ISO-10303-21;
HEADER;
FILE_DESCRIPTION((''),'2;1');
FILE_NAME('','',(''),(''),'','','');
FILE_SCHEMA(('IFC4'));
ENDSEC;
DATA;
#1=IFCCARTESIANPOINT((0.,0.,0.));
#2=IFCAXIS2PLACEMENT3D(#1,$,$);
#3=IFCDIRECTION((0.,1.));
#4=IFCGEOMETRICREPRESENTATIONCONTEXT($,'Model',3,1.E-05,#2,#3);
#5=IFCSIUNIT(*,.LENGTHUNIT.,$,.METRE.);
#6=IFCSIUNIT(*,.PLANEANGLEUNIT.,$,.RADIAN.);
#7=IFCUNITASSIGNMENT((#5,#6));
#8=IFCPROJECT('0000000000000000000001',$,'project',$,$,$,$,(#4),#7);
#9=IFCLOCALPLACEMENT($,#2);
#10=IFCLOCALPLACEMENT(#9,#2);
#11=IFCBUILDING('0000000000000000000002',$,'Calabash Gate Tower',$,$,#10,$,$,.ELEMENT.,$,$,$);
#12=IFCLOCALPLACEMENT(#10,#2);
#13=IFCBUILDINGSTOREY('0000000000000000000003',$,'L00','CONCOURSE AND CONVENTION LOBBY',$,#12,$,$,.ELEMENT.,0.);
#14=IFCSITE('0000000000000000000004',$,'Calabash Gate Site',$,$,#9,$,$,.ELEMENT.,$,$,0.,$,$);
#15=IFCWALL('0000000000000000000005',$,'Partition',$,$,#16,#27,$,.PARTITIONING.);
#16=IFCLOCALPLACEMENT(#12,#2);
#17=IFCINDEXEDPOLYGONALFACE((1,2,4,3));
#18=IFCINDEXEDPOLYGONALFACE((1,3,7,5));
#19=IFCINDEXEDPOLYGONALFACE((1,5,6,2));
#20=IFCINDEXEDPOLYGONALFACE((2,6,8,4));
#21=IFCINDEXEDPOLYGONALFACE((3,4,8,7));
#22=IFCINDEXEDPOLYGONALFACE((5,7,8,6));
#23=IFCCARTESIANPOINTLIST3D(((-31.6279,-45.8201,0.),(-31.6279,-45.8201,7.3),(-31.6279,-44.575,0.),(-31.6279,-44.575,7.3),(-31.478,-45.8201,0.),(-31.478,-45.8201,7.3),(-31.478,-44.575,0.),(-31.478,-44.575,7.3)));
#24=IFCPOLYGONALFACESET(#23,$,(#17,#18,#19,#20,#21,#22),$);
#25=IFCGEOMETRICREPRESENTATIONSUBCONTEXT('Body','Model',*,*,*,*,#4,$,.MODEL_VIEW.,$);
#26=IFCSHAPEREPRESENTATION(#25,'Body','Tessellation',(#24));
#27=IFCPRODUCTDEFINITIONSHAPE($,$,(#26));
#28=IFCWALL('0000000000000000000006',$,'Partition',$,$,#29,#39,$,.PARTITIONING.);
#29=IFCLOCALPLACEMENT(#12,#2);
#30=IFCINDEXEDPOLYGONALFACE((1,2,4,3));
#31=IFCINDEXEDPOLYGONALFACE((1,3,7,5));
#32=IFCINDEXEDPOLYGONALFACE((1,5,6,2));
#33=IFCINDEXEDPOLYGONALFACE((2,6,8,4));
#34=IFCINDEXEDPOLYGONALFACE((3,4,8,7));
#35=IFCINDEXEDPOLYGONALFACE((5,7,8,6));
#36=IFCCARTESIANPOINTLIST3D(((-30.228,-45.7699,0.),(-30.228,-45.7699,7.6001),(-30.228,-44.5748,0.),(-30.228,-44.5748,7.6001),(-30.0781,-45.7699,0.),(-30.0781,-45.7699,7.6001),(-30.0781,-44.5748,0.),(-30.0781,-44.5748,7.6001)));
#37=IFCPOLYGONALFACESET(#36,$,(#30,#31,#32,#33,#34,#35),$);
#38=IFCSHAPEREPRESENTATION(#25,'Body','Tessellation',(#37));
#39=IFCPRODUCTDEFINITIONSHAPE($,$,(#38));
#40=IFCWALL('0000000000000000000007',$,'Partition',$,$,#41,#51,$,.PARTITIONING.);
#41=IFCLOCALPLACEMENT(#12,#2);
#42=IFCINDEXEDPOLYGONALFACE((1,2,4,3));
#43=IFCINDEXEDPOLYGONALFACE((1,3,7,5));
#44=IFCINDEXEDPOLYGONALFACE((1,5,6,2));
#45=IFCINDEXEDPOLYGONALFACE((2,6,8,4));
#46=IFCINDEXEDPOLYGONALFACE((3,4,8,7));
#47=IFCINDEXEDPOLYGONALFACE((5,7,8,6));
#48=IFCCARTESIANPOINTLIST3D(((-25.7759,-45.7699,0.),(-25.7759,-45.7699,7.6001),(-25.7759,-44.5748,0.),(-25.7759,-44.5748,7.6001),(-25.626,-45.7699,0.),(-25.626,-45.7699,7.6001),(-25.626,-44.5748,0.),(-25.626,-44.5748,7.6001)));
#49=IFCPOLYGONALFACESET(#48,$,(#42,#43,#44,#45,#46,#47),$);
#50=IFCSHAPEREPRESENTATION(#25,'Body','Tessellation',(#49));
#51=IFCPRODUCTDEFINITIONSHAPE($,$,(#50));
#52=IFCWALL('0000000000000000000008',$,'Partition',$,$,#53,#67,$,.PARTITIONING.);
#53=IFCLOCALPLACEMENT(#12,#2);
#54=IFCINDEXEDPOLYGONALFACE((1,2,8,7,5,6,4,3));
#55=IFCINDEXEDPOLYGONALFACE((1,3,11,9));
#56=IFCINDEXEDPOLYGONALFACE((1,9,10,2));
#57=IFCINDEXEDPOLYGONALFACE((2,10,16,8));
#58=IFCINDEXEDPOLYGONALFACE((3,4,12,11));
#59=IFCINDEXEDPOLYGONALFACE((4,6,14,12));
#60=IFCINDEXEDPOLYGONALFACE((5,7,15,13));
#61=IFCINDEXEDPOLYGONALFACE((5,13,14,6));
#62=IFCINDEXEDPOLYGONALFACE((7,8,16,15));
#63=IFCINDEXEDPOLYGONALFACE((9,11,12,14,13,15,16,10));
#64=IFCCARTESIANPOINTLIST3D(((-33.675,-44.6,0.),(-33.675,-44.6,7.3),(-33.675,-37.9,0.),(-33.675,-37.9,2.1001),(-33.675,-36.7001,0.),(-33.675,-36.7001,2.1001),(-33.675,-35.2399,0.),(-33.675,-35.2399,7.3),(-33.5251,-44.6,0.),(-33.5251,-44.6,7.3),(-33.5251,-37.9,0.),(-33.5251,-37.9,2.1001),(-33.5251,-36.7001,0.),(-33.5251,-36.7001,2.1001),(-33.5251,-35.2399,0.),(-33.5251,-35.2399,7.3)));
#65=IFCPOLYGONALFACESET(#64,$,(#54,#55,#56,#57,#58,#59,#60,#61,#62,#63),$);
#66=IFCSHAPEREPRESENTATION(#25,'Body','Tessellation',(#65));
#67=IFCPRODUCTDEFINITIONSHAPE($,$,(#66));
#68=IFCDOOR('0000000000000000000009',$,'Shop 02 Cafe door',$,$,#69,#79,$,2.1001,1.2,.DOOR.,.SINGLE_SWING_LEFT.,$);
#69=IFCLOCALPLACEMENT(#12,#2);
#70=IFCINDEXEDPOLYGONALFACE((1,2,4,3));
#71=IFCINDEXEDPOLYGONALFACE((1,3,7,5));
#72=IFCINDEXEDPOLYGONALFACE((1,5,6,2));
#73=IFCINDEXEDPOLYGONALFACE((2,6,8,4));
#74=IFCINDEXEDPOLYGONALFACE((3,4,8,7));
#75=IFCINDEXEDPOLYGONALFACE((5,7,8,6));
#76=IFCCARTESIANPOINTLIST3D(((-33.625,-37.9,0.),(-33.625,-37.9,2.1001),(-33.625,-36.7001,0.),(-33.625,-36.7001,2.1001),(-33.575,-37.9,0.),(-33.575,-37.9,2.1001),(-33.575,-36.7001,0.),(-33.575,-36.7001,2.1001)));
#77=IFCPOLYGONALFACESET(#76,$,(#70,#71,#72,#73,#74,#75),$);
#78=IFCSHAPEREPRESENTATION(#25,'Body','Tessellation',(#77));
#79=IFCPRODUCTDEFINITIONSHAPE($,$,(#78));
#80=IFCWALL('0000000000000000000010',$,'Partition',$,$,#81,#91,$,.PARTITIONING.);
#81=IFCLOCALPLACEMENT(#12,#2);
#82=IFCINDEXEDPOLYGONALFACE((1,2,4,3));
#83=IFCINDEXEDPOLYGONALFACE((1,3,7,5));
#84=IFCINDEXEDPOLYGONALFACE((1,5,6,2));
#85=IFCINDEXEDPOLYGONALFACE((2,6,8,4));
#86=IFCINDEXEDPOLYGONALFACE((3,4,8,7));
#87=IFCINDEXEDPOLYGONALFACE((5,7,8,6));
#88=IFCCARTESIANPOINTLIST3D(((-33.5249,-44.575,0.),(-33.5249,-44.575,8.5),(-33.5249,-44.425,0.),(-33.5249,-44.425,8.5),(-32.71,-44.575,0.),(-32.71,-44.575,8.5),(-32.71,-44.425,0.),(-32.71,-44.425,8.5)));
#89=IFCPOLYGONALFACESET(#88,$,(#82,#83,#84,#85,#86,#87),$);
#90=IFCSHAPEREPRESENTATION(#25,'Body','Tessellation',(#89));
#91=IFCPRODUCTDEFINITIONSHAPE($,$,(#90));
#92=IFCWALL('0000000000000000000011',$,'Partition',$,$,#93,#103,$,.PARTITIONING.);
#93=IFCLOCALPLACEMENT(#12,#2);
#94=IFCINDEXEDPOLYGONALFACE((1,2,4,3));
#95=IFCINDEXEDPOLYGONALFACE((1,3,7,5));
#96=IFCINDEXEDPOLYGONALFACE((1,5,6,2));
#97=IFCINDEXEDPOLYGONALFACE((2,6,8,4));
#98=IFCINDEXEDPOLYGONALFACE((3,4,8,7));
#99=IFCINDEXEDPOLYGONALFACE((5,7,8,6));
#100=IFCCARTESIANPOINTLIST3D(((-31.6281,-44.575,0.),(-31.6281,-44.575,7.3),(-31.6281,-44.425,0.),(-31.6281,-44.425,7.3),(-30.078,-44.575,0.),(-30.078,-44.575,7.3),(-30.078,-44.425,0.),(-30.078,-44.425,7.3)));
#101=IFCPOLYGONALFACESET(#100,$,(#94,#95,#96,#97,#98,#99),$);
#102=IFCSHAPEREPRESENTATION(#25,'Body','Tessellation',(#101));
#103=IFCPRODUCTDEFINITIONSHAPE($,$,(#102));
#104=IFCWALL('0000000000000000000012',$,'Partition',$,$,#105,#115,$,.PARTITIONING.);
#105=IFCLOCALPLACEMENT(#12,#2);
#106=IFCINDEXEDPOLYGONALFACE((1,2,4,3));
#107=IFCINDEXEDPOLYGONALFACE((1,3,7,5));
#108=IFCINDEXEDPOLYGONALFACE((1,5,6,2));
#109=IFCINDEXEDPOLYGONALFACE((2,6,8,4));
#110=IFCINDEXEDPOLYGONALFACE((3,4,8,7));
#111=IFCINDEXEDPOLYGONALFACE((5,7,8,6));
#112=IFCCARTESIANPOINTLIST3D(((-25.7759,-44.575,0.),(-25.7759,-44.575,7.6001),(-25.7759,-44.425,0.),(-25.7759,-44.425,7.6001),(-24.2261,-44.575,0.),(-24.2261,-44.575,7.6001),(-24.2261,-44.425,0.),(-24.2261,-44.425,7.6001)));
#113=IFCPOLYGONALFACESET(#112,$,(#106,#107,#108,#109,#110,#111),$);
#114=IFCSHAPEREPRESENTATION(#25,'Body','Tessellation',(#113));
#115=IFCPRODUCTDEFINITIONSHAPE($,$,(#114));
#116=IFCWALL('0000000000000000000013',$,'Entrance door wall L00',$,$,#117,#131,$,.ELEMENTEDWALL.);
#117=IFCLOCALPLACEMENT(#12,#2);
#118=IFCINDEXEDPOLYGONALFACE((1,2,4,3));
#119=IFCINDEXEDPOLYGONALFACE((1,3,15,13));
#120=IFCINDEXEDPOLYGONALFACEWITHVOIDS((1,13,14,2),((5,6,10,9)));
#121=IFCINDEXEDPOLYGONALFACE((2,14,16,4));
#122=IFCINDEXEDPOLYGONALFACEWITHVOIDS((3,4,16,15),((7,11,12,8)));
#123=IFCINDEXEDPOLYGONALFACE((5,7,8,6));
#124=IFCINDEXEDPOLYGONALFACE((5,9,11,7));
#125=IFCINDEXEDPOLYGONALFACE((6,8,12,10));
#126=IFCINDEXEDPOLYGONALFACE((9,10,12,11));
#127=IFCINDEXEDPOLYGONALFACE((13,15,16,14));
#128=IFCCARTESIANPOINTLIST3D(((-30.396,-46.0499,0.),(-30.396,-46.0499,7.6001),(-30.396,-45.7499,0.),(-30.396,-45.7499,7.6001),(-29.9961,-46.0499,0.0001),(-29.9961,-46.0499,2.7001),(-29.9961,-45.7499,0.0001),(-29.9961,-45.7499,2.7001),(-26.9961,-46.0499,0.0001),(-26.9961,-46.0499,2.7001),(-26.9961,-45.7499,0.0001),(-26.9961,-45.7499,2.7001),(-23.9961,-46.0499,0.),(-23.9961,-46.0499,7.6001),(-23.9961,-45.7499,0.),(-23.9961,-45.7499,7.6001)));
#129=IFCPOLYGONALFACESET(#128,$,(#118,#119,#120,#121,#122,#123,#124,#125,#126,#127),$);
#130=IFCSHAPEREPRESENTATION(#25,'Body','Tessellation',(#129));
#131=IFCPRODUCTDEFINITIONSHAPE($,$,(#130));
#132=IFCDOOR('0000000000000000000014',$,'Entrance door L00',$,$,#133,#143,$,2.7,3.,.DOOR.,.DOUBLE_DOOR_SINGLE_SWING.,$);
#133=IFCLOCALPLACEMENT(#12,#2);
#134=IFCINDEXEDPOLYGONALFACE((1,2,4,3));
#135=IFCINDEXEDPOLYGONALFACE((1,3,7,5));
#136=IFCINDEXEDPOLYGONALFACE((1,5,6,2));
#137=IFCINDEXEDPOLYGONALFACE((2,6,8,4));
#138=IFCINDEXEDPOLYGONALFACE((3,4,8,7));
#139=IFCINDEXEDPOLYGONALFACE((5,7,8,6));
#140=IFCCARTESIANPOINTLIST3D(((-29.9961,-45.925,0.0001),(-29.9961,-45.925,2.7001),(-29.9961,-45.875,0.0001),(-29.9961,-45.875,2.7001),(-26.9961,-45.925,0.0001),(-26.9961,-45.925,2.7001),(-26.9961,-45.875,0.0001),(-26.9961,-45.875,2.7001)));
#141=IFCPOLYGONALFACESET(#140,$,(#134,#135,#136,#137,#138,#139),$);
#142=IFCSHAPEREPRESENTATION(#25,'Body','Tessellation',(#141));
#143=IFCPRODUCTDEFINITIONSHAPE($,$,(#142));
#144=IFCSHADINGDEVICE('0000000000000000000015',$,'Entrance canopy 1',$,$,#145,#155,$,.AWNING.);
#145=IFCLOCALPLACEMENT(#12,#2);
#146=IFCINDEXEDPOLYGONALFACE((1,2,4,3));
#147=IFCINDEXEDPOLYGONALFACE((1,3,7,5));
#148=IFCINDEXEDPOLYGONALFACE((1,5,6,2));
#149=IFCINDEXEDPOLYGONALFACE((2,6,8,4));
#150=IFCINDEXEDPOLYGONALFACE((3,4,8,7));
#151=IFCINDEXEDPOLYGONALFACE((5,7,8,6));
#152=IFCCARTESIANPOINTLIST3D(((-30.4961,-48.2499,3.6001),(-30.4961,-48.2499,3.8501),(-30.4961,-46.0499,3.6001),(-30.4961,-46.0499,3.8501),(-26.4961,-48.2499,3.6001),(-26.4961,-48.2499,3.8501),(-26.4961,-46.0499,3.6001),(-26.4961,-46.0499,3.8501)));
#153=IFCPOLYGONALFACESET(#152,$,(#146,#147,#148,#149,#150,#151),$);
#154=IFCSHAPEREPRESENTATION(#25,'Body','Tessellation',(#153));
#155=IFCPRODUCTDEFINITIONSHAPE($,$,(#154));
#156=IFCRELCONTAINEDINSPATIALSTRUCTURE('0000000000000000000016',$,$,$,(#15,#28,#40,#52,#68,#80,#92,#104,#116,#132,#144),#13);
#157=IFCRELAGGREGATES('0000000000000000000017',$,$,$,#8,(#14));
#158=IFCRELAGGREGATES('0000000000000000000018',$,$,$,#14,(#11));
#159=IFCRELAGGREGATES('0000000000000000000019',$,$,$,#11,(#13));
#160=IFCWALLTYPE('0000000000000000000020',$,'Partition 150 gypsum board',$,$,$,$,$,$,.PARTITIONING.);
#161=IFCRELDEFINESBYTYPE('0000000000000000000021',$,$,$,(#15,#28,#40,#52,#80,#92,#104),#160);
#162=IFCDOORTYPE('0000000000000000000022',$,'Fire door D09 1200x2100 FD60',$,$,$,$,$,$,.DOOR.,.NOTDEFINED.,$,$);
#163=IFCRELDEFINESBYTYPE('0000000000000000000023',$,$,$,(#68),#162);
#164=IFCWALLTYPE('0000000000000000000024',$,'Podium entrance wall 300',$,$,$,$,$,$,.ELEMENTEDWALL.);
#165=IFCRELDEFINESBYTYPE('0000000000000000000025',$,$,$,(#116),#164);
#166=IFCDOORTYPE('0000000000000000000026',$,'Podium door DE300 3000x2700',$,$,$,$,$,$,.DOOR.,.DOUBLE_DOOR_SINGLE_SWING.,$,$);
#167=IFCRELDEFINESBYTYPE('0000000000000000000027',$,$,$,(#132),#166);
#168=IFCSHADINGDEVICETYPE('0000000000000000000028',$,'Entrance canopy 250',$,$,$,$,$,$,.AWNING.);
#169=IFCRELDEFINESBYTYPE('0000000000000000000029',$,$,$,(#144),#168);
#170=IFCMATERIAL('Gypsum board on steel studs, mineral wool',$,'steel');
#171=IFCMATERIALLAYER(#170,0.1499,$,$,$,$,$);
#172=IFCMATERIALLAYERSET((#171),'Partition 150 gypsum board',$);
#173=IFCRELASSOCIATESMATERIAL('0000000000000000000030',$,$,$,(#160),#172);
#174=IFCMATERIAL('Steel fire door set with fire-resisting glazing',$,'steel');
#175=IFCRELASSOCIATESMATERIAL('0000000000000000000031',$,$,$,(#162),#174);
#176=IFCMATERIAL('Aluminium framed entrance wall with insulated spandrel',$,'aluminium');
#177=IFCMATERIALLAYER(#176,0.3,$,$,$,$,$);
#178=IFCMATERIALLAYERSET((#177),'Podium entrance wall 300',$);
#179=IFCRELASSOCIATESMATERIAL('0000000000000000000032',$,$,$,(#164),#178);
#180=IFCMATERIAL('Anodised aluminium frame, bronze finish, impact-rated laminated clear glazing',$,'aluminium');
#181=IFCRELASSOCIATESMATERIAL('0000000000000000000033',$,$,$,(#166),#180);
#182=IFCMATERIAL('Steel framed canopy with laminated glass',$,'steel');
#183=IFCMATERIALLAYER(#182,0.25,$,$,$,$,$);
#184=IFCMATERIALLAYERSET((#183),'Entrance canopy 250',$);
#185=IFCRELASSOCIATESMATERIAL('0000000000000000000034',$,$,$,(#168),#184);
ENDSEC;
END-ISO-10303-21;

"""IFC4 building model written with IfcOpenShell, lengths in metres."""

from ifc_helpers import new_model, si_unit, direction, frame, frame_2d, origin, origin_2d, place, context, subcontext, project, spatial, rectangle, extrude, material, layer, layer_set, type_object, element, fill, save


model = new_model("IFC4")

# Units and contexts
model_context = context("Model", 3, precision=1e-05, world=origin(), true_north=direction((0.0, 1.0)))
body_context = subcontext(model_context, "Body", "Model", "MODEL_VIEW")
ifc_project = project(units=[si_unit("LENGTHUNIT", "METRE"), si_unit("PLANEANGLEUNIT", "RADIAN")], contexts=[model_context])

# Site, building, storey
site_placement = place(None, origin())
site = spatial("IfcSite", under=ifc_project, at=site_placement, Name="Calabash Gate Site", CompositionType="ELEMENT", RefElevation=0.0)
building_placement = place(site_placement, origin())
building = spatial("IfcBuilding", under=site, at=building_placement, Name="Calabash Gate Tower", CompositionType="ELEMENT")
storey_placement = place(building_placement, origin())
storey = spatial("IfcBuildingStorey", under=building, at=storey_placement, Name="L00", Description="CONCOURSE AND CONVENTION LOBBY", CompositionType="ELEMENT", Elevation=0.0)

# Walls
ifc_material_1 = material(Name="Gypsum board on steel studs, mineral wool", Category="steel")
ifc_layer_1 = layer(ifc_material_1, 0.1499)
ifc_layer_set_1 = layer_set([ifc_layer_1], Name="Partition 150 gypsum board")
wall_type_1 = type_object("IfcWallType", Name="Partition 150 gypsum board", PredefinedType="PARTITIONING", material=ifc_layer_set_1)
wall_1_placement = place(storey_placement, frame((-31.553, -45.8201, 0.0), z_axis=(0.0, 0.0, 1.0), x_axis=(0.0, 1.0, 0.0)))
element("IfcWall", 1, at=wall_1_placement, inside=storey, type_object=wall_type_1, Name="Partition", PredefinedType="PARTITIONING", context=body_context, shape_type="SweptSolid", body=[
    extrude(rectangle(XDim=1.2451, YDim=0.1499, at=frame_2d((0.6226, 0.0))), origin(), (0.0, 0.0, 1.0), 7.3),
])
for number, where, z_axis, x_axis, name in (
    (2, (-30.1531, -45.77, 0.0), (0.0, 0.0, 1.0), (0.0, 1.0, 0.0), "Partition"),
    (3, (-25.7009, -45.77, 0.0), (0.0, 0.0, 1.0), (0.0, 1.0, 0.0), "Partition"),
):
    element("IfcWall", number, at=place(storey_placement, frame(where, z_axis=z_axis, x_axis=x_axis)), inside=storey, type_object=wall_type_1, Name=name, PredefinedType="PARTITIONING", context=body_context, shape_type="SweptSolid", body=[
        extrude(rectangle(XDim=1.1951, YDim=0.1499, at=frame_2d((0.5977, 0.0))), origin(), (0.0, 0.0, 1.0), 7.6001),
    ])

# Wall, opening, door
wall_2_placement = place(storey_placement, frame((-33.6001, -44.6001, 0.0), z_axis=(0.0, 0.0, 1.0), x_axis=(0.0, 1.0, 0.0)))
wall_2 = element("IfcWall", 4, at=wall_2_placement, inside=storey, type_object=wall_type_1, Name="Partition", PredefinedType="PARTITIONING", context=body_context, shape_type="SweptSolid", body=[
    extrude(rectangle(XDim=9.3601, YDim=0.1499, at=frame_2d((4.6802, 0.0))), origin(), (0.0, 0.0, 1.0), 7.3),
])
opening_1_placement = place(wall_2_placement, frame((6.7, 0.0, 0.0)))
opening_1 = element("IfcOpeningElement", 5, at=opening_1_placement, cuts=wall_2, PredefinedType="OPENING", context=body_context, shape_type="SweptSolid", body=[
    extrude(rectangle(XDim=1.2, YDim=2.1001, at=frame_2d((0.6001, 1.05))), frame((0.0, 0.085, 0.0), z_axis=(0.0, -1.0, 0.0), x_axis=(1.0, 0.0, 0.0)), (0.0, 0.0, 1.0), 0.1699),
])
ifc_material_2 = material(Name="Steel fire door set with fire-resisting glazing", Category="steel")
door_type_1 = type_object("IfcDoorType", Name="Fire door D09 1200x2100 FD60", OperationType="NOTDEFINED", PredefinedType="DOOR", material=ifc_material_2)
door_1_placement = place(opening_1_placement, origin())
door_1 = element("IfcDoor", 6, at=door_1_placement, inside=storey, type_object=door_type_1, Name="Shop 02 Cafe door", OperationType="SINGLE_SWING_LEFT", OverallHeight=2.1001, OverallWidth=1.2, PredefinedType="DOOR", context=body_context, shape_type="SweptSolid", body=[
    extrude(rectangle(XDim=1.2, YDim=2.1001, at=frame_2d((0.6001, 1.05))), frame((0.0, 0.0249, 0.0), z_axis=(0.0, -1.0, 0.0), x_axis=(1.0, 0.0, 0.0)), (0.0, 0.0, 1.0), 0.05),
])
fill(opening_1, door_1)

# Walls
wall_3_placement = place(storey_placement, frame((-33.5249, -44.5, 0.0), z_axis=(0.0, 0.0, 1.0), x_axis=(1.0, 0.0, 0.0)))
element("IfcWall", 7, at=wall_3_placement, inside=storey, type_object=wall_type_1, Name="Partition", PredefinedType="PARTITIONING", context=body_context, shape_type="SweptSolid", body=[
    extrude(rectangle(XDim=0.8149, YDim=0.1499, at=frame_2d((0.4075, 0.0))), origin(), (0.0, 0.0, 1.0), 8.5),
])
wall_4_placement = place(storey_placement, frame((-31.6279, -44.5, 0.0), z_axis=(0.0, 0.0, 1.0), x_axis=(1.0, 0.0, 0.0)))
element("IfcWall", 8, at=wall_4_placement, inside=storey, type_object=wall_type_1, Name="Partition", PredefinedType="PARTITIONING", context=body_context, shape_type="SweptSolid", body=[
    extrude(rectangle(XDim=1.55, YDim=0.1499, at=frame_2d((0.7749, 0.0))), origin(), (0.0, 0.0, 1.0), 7.3),
])
wall_5_placement = place(storey_placement, frame((-25.7759, -44.5, 0.0), z_axis=(0.0, 0.0, 1.0), x_axis=(1.0, 0.0, 0.0)))
element("IfcWall", 9, at=wall_5_placement, inside=storey, type_object=wall_type_1, Name="Partition", PredefinedType="PARTITIONING", context=body_context, shape_type="SweptSolid", body=[
    extrude(rectangle(XDim=1.5498, YDim=0.1499, at=frame_2d((0.7749, 0.0))), origin(), (0.0, 0.0, 1.0), 7.6001),
])

# Wall, opening, door
ifc_material_3 = material(Name="Aluminium framed entrance wall with insulated spandrel", Category="aluminium")
ifc_layer_2 = layer(ifc_material_3, 0.3)
ifc_layer_set_2 = layer_set([ifc_layer_2], Name="Podium entrance wall 300")
wall_type_2 = type_object("IfcWallType", Name="Podium entrance wall 300", PredefinedType="ELEMENTEDWALL", material=ifc_layer_set_2)
wall_6_placement = place(storey_placement, frame((-30.396, -45.8999, 0.0), z_axis=(0.0, 0.0, 1.0), x_axis=(1.0, 0.0, 0.0)))
wall_6 = element("IfcWall", 10, at=wall_6_placement, inside=storey, type_object=wall_type_2, Name="Entrance door wall L00", PredefinedType="ELEMENTEDWALL", context=body_context, shape_type="SweptSolid", body=[
    extrude(rectangle(XDim=6.3999, YDim=0.3, at=frame_2d((3.2, 0.0))), origin(), (0.0, 0.0, 1.0), 7.6001),
])
opening_2_placement = place(wall_6_placement, frame((0.3999, 0.0, 0.0)))
opening_2 = element("IfcOpeningElement", 11, at=opening_2_placement, cuts=wall_6, PredefinedType="OPENING", context=body_context, shape_type="SweptSolid", body=[
    extrude(rectangle(XDim=3.0, YDim=2.7, at=frame_2d((1.5, 1.3501))), frame((0.0, 0.1599, 0.0), z_axis=(0.0, -1.0, 0.0), x_axis=(1.0, 0.0, 0.0)), (0.0, 0.0, 1.0), 0.3201),
])
ifc_material_4 = material(Name="Anodised aluminium frame, bronze finish, impact-rated laminated clear glazing", Category="aluminium")
door_type_2 = type_object("IfcDoorType", Name="Podium door DE300 3000x2700", OperationType="DOUBLE_DOOR_SINGLE_SWING", PredefinedType="DOOR", material=ifc_material_4)
door_2_placement = place(opening_2_placement, origin())
door_2 = element("IfcDoor", 12, at=door_2_placement, inside=storey, type_object=door_type_2, Name="Entrance door L00", OperationType="DOUBLE_DOOR_SINGLE_SWING", OverallHeight=2.7, OverallWidth=3.0, PredefinedType="DOOR", context=body_context, shape_type="SweptSolid", body=[
    extrude(rectangle(XDim=3.0, YDim=2.7, at=frame_2d((1.5, 1.3501))), frame((0.0, 0.0249, 0.0), z_axis=(0.0, -1.0, 0.0), x_axis=(1.0, 0.0, 0.0)), (0.0, 0.0, 1.0), 0.05),
])
fill(opening_2, door_2)

# Shading device
ifc_material_5 = material(Name="Steel framed canopy with laminated glass", Category="steel")
ifc_layer_3 = layer(ifc_material_5, 0.25)
ifc_layer_set_3 = layer_set([ifc_layer_3], Name="Entrance canopy 250")
shading_device_type = type_object("IfcShadingDeviceType", Name="Entrance canopy 250", PredefinedType="AWNING", material=ifc_layer_set_3)
shading_device_placement = place(storey_placement, frame((-28.4961, -47.1499, 3.6001), z_axis=(0.0, 0.0, 1.0), x_axis=(1.0, 0.0, 0.0)))
element("IfcShadingDevice", 13, at=shading_device_placement, inside=storey, type_object=shading_device_type, Name="Entrance canopy 1", PredefinedType="AWNING", context=body_context, shape_type="SweptSolid", body=[
    extrude(rectangle(XDim=4.0, YDim=2.2, at=origin_2d()), origin(), (0.0, 0.0, 1.0), 0.25),
])

save(model, "model.ifc")
